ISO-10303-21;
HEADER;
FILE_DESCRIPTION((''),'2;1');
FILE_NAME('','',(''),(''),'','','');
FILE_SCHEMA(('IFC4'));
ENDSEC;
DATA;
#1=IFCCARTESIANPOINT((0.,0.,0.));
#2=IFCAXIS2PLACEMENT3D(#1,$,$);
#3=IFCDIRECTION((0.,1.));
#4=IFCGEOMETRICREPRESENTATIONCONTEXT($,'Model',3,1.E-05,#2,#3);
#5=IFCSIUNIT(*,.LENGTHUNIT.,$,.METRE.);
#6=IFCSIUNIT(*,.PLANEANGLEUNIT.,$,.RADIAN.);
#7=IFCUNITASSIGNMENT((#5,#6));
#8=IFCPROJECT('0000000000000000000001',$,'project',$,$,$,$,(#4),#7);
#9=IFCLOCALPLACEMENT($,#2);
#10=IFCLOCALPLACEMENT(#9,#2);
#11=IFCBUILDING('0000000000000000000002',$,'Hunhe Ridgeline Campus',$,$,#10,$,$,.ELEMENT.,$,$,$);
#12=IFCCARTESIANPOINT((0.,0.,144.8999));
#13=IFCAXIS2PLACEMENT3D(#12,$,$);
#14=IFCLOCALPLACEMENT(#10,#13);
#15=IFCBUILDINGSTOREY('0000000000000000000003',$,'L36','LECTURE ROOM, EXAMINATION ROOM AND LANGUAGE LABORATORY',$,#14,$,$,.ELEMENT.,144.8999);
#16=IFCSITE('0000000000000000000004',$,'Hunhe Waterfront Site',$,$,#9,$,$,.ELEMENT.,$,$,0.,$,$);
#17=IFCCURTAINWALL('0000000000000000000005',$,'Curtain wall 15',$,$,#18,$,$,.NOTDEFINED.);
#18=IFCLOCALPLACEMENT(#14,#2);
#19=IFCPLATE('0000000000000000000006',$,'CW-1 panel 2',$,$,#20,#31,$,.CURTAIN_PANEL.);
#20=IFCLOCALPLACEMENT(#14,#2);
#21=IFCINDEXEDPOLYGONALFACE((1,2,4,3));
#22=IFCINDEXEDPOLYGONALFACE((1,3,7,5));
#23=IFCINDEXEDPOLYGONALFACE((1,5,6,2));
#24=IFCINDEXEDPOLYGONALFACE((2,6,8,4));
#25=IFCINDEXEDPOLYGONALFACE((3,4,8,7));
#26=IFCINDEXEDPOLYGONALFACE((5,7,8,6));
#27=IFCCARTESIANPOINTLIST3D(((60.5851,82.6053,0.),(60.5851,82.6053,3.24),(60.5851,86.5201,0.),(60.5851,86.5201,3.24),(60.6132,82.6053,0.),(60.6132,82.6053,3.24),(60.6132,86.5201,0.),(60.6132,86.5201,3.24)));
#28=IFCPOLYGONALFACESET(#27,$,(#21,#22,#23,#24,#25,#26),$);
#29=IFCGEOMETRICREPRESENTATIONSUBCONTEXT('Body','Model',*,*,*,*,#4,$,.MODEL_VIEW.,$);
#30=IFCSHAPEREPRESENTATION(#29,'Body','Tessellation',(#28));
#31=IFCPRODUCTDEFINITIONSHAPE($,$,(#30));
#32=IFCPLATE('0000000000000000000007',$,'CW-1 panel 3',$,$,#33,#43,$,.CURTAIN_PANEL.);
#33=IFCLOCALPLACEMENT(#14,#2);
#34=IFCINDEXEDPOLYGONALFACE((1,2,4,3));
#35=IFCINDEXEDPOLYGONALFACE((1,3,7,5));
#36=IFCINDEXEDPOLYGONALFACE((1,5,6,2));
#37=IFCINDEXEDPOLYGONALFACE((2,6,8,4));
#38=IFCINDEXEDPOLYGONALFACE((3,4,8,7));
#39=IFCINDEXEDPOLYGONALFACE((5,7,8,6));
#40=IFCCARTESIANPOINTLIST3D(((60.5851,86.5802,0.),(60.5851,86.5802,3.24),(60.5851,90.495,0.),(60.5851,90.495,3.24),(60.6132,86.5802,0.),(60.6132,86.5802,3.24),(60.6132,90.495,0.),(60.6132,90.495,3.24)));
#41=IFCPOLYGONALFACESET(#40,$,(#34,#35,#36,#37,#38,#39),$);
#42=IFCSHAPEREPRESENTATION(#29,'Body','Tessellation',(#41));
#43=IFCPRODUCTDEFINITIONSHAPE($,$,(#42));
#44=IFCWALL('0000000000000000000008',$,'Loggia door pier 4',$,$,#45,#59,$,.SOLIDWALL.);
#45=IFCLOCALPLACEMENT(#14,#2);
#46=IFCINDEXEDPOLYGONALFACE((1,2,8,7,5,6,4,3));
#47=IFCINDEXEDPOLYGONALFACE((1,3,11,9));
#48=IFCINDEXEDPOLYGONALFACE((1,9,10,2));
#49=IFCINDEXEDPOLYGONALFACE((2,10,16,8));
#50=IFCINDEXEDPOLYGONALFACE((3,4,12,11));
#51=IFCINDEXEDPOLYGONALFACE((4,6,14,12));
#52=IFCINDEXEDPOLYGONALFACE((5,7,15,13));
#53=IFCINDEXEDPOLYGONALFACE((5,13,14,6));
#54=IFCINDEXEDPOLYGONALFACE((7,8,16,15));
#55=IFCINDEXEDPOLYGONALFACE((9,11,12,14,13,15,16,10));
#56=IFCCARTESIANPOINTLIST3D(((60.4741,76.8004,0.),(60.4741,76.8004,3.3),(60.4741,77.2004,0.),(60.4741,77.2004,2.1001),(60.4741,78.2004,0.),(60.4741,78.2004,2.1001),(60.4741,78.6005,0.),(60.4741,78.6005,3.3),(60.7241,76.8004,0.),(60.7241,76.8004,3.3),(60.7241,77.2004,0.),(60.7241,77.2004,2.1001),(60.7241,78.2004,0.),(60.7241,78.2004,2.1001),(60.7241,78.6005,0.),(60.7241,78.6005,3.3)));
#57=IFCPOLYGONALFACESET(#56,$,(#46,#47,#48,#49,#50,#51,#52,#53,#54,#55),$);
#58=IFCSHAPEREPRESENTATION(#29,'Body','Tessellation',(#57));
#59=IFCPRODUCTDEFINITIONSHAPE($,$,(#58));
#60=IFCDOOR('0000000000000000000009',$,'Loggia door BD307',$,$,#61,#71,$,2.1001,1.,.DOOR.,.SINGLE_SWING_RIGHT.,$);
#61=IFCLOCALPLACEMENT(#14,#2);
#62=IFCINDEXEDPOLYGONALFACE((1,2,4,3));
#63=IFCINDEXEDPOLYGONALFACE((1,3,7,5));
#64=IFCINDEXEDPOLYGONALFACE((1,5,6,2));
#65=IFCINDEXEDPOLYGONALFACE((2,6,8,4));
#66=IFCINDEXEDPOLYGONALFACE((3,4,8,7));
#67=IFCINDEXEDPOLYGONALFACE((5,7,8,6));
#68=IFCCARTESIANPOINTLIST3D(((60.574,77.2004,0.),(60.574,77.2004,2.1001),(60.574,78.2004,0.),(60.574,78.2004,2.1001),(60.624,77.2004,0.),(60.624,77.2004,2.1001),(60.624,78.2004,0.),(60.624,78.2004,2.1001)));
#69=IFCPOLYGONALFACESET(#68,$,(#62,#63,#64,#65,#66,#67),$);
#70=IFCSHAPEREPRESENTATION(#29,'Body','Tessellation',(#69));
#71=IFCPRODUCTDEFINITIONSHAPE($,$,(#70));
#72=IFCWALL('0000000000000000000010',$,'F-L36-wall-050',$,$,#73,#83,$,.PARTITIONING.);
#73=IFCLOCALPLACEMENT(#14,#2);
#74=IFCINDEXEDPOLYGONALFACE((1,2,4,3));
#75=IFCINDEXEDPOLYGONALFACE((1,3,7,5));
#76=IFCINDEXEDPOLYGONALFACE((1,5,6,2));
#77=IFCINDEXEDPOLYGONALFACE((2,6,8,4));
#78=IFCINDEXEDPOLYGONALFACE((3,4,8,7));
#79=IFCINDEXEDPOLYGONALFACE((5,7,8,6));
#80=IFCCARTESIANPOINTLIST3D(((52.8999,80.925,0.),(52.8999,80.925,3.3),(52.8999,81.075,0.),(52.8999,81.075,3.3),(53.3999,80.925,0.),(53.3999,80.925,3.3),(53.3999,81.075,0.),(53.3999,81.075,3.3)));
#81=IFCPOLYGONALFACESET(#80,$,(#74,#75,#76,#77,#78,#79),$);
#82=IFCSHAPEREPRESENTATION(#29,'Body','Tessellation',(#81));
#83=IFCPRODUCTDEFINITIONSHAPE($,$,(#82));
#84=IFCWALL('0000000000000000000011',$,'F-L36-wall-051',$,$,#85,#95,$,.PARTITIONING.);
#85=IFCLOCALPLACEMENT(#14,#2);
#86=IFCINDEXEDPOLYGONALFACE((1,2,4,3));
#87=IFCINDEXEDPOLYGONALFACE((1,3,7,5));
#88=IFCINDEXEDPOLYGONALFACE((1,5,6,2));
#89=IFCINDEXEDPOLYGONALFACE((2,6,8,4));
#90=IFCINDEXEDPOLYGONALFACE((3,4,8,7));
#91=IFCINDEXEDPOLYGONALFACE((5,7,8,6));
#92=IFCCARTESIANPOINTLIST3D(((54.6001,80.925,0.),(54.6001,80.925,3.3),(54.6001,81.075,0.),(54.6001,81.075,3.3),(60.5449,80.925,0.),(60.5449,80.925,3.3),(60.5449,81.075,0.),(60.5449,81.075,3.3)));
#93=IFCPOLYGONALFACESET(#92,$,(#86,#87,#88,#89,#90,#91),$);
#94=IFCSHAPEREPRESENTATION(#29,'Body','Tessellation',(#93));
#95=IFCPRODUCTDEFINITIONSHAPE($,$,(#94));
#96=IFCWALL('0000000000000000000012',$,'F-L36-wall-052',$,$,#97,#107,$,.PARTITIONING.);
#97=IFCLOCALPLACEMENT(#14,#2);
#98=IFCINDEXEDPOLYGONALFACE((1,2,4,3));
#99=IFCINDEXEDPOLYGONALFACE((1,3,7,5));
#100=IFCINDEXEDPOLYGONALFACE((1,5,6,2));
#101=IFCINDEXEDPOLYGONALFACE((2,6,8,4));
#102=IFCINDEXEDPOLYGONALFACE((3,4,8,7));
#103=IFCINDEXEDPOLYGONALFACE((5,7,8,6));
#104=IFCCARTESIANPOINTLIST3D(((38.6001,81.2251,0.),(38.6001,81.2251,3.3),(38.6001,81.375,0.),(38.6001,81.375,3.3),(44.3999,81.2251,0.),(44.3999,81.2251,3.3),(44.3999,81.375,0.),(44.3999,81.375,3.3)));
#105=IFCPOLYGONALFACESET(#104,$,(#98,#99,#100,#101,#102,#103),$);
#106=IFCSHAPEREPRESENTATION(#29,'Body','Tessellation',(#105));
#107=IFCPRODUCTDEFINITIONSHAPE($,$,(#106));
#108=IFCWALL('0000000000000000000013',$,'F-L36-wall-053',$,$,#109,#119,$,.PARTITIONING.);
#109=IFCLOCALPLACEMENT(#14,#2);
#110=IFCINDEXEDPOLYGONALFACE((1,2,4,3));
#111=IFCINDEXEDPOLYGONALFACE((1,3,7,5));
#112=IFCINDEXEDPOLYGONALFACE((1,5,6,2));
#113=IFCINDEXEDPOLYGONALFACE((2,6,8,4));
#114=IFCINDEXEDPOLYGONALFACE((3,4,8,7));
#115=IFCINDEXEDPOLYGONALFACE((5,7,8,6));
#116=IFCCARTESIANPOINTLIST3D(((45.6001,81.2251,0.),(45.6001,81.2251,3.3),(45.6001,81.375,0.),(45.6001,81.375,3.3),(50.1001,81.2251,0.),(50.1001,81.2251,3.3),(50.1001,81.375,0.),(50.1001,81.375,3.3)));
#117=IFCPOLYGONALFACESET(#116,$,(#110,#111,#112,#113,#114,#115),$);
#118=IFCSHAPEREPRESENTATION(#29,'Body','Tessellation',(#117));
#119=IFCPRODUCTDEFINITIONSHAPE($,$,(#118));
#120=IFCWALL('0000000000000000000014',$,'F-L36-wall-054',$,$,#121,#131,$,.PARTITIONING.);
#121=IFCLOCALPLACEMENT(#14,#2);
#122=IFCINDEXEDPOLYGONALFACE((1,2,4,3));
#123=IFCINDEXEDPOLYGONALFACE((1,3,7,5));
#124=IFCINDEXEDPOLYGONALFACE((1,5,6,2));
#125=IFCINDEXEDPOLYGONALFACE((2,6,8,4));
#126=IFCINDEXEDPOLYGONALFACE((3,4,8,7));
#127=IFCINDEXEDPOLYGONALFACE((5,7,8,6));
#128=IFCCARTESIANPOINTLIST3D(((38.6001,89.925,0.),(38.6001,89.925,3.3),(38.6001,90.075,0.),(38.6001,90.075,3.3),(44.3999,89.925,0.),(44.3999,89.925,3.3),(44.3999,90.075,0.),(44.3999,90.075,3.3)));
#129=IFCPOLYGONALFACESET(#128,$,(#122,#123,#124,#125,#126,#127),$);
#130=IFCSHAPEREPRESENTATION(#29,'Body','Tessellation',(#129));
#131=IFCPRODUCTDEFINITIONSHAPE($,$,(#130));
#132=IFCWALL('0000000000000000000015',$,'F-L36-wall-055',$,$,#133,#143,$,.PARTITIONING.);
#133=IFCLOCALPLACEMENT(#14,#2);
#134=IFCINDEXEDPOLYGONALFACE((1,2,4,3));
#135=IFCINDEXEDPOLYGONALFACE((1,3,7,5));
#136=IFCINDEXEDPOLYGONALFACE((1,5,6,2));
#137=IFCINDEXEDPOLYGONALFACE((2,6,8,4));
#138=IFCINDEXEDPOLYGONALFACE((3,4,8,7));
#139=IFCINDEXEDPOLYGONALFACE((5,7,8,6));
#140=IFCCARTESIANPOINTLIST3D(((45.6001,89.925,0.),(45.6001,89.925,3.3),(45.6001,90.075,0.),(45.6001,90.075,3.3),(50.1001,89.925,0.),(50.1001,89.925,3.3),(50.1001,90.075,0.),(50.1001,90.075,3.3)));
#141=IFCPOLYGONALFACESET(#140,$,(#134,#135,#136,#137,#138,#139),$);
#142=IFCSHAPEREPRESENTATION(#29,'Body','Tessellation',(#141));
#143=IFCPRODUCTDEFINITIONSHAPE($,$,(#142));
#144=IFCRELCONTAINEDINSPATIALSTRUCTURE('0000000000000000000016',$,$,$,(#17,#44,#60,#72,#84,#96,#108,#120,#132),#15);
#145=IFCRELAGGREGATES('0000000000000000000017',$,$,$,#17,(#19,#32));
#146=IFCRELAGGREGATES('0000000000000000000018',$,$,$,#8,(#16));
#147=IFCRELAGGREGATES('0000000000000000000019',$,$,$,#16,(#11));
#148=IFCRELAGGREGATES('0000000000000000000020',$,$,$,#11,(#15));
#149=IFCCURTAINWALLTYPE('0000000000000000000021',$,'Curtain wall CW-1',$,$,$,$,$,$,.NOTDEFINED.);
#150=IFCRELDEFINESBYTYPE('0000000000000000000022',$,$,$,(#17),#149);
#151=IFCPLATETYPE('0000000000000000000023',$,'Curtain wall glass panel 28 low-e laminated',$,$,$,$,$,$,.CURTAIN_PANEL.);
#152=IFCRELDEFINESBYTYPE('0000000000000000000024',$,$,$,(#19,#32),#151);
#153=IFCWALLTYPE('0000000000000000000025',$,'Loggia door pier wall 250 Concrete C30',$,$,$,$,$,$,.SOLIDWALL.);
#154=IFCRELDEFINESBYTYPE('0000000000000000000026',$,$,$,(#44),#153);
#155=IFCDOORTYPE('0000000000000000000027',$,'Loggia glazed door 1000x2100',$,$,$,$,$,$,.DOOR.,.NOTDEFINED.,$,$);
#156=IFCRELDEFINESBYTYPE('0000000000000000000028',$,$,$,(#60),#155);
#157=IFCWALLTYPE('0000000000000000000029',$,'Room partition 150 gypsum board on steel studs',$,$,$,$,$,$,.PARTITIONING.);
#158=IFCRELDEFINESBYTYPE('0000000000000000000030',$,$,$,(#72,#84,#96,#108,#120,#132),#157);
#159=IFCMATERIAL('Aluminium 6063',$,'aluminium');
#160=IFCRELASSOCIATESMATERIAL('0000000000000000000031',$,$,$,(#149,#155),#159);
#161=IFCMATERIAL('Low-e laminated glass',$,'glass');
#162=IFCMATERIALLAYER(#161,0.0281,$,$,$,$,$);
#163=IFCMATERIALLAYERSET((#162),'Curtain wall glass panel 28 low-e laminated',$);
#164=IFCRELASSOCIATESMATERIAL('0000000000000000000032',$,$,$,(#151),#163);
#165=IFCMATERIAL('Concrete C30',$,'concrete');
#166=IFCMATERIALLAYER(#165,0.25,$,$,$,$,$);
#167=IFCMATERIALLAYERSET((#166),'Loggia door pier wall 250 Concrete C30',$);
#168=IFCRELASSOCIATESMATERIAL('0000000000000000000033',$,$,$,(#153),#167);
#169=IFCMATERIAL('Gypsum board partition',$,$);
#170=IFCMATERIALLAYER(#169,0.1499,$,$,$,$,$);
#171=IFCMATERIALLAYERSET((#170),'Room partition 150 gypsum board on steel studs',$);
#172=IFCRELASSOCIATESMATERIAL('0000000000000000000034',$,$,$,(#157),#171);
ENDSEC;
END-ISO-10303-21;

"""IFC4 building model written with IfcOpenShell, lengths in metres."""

from ifc_helpers import new_model, si_unit, direction, frame, frame_2d, origin, origin_2d, place, context, subcontext, project, spatial, rectangle, extrude, material, layer, layer_set, type_object, element, fill, aggregate, save


model = new_model("IFC4")

# Units and contexts
model_context = context("Model", 3, precision=1e-05, world=origin(), true_north=direction((0.0, 1.0)))
body_context = subcontext(model_context, "Body", "Model", "MODEL_VIEW")
ifc_project = project(units=[si_unit("LENGTHUNIT", "METRE"), si_unit("PLANEANGLEUNIT", "RADIAN")], contexts=[model_context])

# Site, building, storey
site_placement = place(None, origin())
site = spatial("IfcSite", under=ifc_project, at=site_placement, Name="Hunhe Waterfront Site", CompositionType="ELEMENT", RefElevation=0.0)
building_placement = place(site_placement, origin())
building = spatial("IfcBuilding", under=site, at=building_placement, Name="Hunhe Ridgeline Campus", CompositionType="ELEMENT")
storey_placement = place(building_placement, frame((0.0, 0.0, 144.8999)))
storey = spatial("IfcBuildingStorey", under=building, at=storey_placement, Name="L36", Description="LECTURE ROOM, EXAMINATION ROOM AND LANGUAGE LABORATORY", CompositionType="ELEMENT", Elevation=144.8999)

# Curtain wall
ifc_material_1 = material(Name="Aluminium 6063", Category="aluminium")
curtain_wall_type = type_object("IfcCurtainWallType", Name="Curtain wall CW-1", PredefinedType="NOTDEFINED", material=ifc_material_1)
curtain_wall_1_placement = place(storey_placement, origin())
curtain_wall_1 = element("IfcCurtainWall", 1, at=curtain_wall_1_placement, inside=storey, type_object=curtain_wall_type, Name="Curtain wall 15", PredefinedType="NOTDEFINED")

# Plates
ifc_material_2 = material(Name="Low-e laminated glass", Category="glass")
ifc_layer_1 = layer(ifc_material_2, 0.0281)
ifc_layer_set_1 = layer_set([ifc_layer_1], Name="Curtain wall glass panel 28 low-e laminated")
plate_type = type_object("IfcPlateType", Name="Curtain wall glass panel 28 low-e laminated", PredefinedType="CURTAIN_PANEL", material=ifc_layer_set_1)
plate_1_placement = place(storey_placement, frame((60.5991, 84.5627, 0.0), z_axis=(0.0, 0.0, 1.0), x_axis=(0.0, 1.0, 0.0)))
plate_1 = element("IfcPlate", 2, at=plate_1_placement, type_object=plate_type, Name="CW-1 panel 2", PredefinedType="CURTAIN_PANEL", context=body_context, shape_type="SweptSolid", body=[
    extrude(rectangle(XDim=3.9148, YDim=0.0281, at=origin_2d()), origin(), (0.0, 0.0, 1.0), 3.24),
])
plate_2_placement = place(storey_placement, frame((60.5991, 88.5376, 0.0), z_axis=(0.0, 0.0, 1.0), x_axis=(0.0, 1.0, 0.0)))
plate_2 = element("IfcPlate", 3, at=plate_2_placement, type_object=plate_type, Name="CW-1 panel 3", PredefinedType="CURTAIN_PANEL", context=body_context, shape_type="SweptSolid", body=[
    extrude(rectangle(XDim=3.9148, YDim=0.0281, at=origin_2d()), origin(), (0.0, 0.0, 1.0), 3.24),
])
aggregate(curtain_wall_1, [plate_1, plate_2])

# Wall, opening, door
ifc_material_3 = material(Name="Concrete C30", Category="concrete")
ifc_layer_2 = layer(ifc_material_3, 0.25)
ifc_layer_set_2 = layer_set([ifc_layer_2], Name="Loggia door pier wall 250 Concrete C30")
wall_type_1 = type_object("IfcWallType", Name="Loggia door pier wall 250 Concrete C30", PredefinedType="SOLIDWALL", material=ifc_layer_set_2)
wall_1_placement = place(storey_placement, frame((60.5991, 76.8005, 0.0), z_axis=(0.0, 0.0, 1.0), x_axis=(0.0, 1.0, 0.0)))
wall_1 = element("IfcWall", 4, at=wall_1_placement, inside=storey, type_object=wall_type_1, Name="Loggia door pier 4", PredefinedType="SOLIDWALL", context=body_context, shape_type="SweptSolid", body=[
    extrude(rectangle(XDim=1.8, YDim=0.25, at=frame_2d((0.8999, 0.0))), origin(), (0.0, 0.0, 1.0), 3.3),
])
opening_placement = place(wall_1_placement, frame((0.3999, 0.0, 0.0)))
opening = element("IfcOpeningElement", 5, at=opening_placement, cuts=wall_1, PredefinedType="OPENING", context=body_context, shape_type="SweptSolid", body=[
    extrude(rectangle(XDim=1.0, YDim=2.1001, at=frame_2d((0.5, 1.05))), frame((0.0, 0.125, 0.0), z_axis=(0.0, -1.0, 0.0), x_axis=(1.0, 0.0, 0.0)), (0.0, 0.0, 1.0), 0.25),
])
door_type = type_object("IfcDoorType", Name="Loggia glazed door 1000x2100", OperationType="NOTDEFINED", PredefinedType="DOOR", material=ifc_material_1)
door_placement = place(opening_placement, frame((1.0, 0.0, 0.0), z_axis=(0.0, 0.0, 1.0), x_axis=(-1.0, 0.0, 0.0)))
door = element("IfcDoor", 6, at=door_placement, inside=storey, type_object=door_type, Name="Loggia door BD307", OperationType="SINGLE_SWING_RIGHT", OverallHeight=2.1001, OverallWidth=1.0, PredefinedType="DOOR", context=body_context, shape_type="SweptSolid", body=[
    extrude(rectangle(XDim=1.0, YDim=2.1001, at=frame_2d((0.5, 1.05))), frame((0.0, 0.0249, 0.0), z_axis=(0.0, -1.0, 0.0), x_axis=(1.0, 0.0, 0.0)), (0.0, 0.0, 1.0), 0.05),
])
fill(opening, door)

# Walls
ifc_material_4 = material(Name="Gypsum board partition")
ifc_layer_3 = layer(ifc_material_4, 0.1499)
ifc_layer_set_3 = layer_set([ifc_layer_3], Name="Room partition 150 gypsum board on steel studs")
wall_type_2 = type_object("IfcWallType", Name="Room partition 150 gypsum board on steel studs", PredefinedType="PARTITIONING", material=ifc_layer_set_3)
wall_2_placement = place(storey_placement, frame((52.8999, 81.0, 0.0), z_axis=(0.0, 0.0, 1.0), x_axis=(1.0, 0.0, 0.0)))
element("IfcWall", 7, at=wall_2_placement, inside=storey, type_object=wall_type_2, Name="F-L36-wall-050", PredefinedType="PARTITIONING", context=body_context, shape_type="SweptSolid", body=[
    extrude(rectangle(XDim=0.5, YDim=0.1499, at=frame_2d((0.25, 0.0))), origin(), (0.0, 0.0, 1.0), 3.3),
])
wall_3_placement = place(storey_placement, frame((54.6001, 81.0, 0.0), z_axis=(0.0, 0.0, 1.0), x_axis=(1.0, 0.0, 0.0)))
element("IfcWall", 8, at=wall_3_placement, inside=storey, type_object=wall_type_2, Name="F-L36-wall-051", PredefinedType="PARTITIONING", context=body_context, shape_type="SweptSolid", body=[
    extrude(rectangle(XDim=5.9448, YDim=0.1499, at=frame_2d((2.9724, 0.0))), origin(), (0.0, 0.0, 1.0), 3.3),
])
wall_4_placement = place(storey_placement, frame((38.6001, 81.3, 0.0), z_axis=(0.0, 0.0, 1.0), x_axis=(1.0, 0.0, 0.0)))
element("IfcWall", 9, at=wall_4_placement, inside=storey, type_object=wall_type_2, Name="F-L36-wall-052", PredefinedType="PARTITIONING", context=body_context, shape_type="SweptSolid", body=[
    extrude(rectangle(XDim=5.7998, YDim=0.1499, at=frame_2d((2.8999, 0.0))), origin(), (0.0, 0.0, 1.0), 3.3),
])
wall_5_placement = place(storey_placement, frame((45.6001, 81.3, 0.0), z_axis=(0.0, 0.0, 1.0), x_axis=(1.0, 0.0, 0.0)))
element("IfcWall", 10, at=wall_5_placement, inside=storey, type_object=wall_type_2, Name="F-L36-wall-053", PredefinedType="PARTITIONING", context=body_context, shape_type="SweptSolid", body=[
    extrude(rectangle(XDim=4.5, YDim=0.1499, at=frame_2d((2.25, 0.0))), origin(), (0.0, 0.0, 1.0), 3.3),
])
wall_6_placement = place(storey_placement, frame((38.6001, 90.0, 0.0), z_axis=(0.0, 0.0, 1.0), x_axis=(1.0, 0.0, 0.0)))
element("IfcWall", 11, at=wall_6_placement, inside=storey, type_object=wall_type_2, Name="F-L36-wall-054", PredefinedType="PARTITIONING", context=body_context, shape_type="SweptSolid", body=[
    extrude(rectangle(XDim=5.7998, YDim=0.1499, at=frame_2d((2.8999, 0.0))), origin(), (0.0, 0.0, 1.0), 3.3),
])
wall_7_placement = place(storey_placement, frame((45.6001, 90.0, 0.0), z_axis=(0.0, 0.0, 1.0), x_axis=(1.0, 0.0, 0.0)))
element("IfcWall", 12, at=wall_7_placement, inside=storey, type_object=wall_type_2, Name="F-L36-wall-055", PredefinedType="PARTITIONING", context=body_context, shape_type="SweptSolid", body=[
    extrude(rectangle(XDim=4.5, YDim=0.1499, at=frame_2d((2.25, 0.0))), origin(), (0.0, 0.0, 1.0), 3.3),
])

save(model, "model.ifc")
